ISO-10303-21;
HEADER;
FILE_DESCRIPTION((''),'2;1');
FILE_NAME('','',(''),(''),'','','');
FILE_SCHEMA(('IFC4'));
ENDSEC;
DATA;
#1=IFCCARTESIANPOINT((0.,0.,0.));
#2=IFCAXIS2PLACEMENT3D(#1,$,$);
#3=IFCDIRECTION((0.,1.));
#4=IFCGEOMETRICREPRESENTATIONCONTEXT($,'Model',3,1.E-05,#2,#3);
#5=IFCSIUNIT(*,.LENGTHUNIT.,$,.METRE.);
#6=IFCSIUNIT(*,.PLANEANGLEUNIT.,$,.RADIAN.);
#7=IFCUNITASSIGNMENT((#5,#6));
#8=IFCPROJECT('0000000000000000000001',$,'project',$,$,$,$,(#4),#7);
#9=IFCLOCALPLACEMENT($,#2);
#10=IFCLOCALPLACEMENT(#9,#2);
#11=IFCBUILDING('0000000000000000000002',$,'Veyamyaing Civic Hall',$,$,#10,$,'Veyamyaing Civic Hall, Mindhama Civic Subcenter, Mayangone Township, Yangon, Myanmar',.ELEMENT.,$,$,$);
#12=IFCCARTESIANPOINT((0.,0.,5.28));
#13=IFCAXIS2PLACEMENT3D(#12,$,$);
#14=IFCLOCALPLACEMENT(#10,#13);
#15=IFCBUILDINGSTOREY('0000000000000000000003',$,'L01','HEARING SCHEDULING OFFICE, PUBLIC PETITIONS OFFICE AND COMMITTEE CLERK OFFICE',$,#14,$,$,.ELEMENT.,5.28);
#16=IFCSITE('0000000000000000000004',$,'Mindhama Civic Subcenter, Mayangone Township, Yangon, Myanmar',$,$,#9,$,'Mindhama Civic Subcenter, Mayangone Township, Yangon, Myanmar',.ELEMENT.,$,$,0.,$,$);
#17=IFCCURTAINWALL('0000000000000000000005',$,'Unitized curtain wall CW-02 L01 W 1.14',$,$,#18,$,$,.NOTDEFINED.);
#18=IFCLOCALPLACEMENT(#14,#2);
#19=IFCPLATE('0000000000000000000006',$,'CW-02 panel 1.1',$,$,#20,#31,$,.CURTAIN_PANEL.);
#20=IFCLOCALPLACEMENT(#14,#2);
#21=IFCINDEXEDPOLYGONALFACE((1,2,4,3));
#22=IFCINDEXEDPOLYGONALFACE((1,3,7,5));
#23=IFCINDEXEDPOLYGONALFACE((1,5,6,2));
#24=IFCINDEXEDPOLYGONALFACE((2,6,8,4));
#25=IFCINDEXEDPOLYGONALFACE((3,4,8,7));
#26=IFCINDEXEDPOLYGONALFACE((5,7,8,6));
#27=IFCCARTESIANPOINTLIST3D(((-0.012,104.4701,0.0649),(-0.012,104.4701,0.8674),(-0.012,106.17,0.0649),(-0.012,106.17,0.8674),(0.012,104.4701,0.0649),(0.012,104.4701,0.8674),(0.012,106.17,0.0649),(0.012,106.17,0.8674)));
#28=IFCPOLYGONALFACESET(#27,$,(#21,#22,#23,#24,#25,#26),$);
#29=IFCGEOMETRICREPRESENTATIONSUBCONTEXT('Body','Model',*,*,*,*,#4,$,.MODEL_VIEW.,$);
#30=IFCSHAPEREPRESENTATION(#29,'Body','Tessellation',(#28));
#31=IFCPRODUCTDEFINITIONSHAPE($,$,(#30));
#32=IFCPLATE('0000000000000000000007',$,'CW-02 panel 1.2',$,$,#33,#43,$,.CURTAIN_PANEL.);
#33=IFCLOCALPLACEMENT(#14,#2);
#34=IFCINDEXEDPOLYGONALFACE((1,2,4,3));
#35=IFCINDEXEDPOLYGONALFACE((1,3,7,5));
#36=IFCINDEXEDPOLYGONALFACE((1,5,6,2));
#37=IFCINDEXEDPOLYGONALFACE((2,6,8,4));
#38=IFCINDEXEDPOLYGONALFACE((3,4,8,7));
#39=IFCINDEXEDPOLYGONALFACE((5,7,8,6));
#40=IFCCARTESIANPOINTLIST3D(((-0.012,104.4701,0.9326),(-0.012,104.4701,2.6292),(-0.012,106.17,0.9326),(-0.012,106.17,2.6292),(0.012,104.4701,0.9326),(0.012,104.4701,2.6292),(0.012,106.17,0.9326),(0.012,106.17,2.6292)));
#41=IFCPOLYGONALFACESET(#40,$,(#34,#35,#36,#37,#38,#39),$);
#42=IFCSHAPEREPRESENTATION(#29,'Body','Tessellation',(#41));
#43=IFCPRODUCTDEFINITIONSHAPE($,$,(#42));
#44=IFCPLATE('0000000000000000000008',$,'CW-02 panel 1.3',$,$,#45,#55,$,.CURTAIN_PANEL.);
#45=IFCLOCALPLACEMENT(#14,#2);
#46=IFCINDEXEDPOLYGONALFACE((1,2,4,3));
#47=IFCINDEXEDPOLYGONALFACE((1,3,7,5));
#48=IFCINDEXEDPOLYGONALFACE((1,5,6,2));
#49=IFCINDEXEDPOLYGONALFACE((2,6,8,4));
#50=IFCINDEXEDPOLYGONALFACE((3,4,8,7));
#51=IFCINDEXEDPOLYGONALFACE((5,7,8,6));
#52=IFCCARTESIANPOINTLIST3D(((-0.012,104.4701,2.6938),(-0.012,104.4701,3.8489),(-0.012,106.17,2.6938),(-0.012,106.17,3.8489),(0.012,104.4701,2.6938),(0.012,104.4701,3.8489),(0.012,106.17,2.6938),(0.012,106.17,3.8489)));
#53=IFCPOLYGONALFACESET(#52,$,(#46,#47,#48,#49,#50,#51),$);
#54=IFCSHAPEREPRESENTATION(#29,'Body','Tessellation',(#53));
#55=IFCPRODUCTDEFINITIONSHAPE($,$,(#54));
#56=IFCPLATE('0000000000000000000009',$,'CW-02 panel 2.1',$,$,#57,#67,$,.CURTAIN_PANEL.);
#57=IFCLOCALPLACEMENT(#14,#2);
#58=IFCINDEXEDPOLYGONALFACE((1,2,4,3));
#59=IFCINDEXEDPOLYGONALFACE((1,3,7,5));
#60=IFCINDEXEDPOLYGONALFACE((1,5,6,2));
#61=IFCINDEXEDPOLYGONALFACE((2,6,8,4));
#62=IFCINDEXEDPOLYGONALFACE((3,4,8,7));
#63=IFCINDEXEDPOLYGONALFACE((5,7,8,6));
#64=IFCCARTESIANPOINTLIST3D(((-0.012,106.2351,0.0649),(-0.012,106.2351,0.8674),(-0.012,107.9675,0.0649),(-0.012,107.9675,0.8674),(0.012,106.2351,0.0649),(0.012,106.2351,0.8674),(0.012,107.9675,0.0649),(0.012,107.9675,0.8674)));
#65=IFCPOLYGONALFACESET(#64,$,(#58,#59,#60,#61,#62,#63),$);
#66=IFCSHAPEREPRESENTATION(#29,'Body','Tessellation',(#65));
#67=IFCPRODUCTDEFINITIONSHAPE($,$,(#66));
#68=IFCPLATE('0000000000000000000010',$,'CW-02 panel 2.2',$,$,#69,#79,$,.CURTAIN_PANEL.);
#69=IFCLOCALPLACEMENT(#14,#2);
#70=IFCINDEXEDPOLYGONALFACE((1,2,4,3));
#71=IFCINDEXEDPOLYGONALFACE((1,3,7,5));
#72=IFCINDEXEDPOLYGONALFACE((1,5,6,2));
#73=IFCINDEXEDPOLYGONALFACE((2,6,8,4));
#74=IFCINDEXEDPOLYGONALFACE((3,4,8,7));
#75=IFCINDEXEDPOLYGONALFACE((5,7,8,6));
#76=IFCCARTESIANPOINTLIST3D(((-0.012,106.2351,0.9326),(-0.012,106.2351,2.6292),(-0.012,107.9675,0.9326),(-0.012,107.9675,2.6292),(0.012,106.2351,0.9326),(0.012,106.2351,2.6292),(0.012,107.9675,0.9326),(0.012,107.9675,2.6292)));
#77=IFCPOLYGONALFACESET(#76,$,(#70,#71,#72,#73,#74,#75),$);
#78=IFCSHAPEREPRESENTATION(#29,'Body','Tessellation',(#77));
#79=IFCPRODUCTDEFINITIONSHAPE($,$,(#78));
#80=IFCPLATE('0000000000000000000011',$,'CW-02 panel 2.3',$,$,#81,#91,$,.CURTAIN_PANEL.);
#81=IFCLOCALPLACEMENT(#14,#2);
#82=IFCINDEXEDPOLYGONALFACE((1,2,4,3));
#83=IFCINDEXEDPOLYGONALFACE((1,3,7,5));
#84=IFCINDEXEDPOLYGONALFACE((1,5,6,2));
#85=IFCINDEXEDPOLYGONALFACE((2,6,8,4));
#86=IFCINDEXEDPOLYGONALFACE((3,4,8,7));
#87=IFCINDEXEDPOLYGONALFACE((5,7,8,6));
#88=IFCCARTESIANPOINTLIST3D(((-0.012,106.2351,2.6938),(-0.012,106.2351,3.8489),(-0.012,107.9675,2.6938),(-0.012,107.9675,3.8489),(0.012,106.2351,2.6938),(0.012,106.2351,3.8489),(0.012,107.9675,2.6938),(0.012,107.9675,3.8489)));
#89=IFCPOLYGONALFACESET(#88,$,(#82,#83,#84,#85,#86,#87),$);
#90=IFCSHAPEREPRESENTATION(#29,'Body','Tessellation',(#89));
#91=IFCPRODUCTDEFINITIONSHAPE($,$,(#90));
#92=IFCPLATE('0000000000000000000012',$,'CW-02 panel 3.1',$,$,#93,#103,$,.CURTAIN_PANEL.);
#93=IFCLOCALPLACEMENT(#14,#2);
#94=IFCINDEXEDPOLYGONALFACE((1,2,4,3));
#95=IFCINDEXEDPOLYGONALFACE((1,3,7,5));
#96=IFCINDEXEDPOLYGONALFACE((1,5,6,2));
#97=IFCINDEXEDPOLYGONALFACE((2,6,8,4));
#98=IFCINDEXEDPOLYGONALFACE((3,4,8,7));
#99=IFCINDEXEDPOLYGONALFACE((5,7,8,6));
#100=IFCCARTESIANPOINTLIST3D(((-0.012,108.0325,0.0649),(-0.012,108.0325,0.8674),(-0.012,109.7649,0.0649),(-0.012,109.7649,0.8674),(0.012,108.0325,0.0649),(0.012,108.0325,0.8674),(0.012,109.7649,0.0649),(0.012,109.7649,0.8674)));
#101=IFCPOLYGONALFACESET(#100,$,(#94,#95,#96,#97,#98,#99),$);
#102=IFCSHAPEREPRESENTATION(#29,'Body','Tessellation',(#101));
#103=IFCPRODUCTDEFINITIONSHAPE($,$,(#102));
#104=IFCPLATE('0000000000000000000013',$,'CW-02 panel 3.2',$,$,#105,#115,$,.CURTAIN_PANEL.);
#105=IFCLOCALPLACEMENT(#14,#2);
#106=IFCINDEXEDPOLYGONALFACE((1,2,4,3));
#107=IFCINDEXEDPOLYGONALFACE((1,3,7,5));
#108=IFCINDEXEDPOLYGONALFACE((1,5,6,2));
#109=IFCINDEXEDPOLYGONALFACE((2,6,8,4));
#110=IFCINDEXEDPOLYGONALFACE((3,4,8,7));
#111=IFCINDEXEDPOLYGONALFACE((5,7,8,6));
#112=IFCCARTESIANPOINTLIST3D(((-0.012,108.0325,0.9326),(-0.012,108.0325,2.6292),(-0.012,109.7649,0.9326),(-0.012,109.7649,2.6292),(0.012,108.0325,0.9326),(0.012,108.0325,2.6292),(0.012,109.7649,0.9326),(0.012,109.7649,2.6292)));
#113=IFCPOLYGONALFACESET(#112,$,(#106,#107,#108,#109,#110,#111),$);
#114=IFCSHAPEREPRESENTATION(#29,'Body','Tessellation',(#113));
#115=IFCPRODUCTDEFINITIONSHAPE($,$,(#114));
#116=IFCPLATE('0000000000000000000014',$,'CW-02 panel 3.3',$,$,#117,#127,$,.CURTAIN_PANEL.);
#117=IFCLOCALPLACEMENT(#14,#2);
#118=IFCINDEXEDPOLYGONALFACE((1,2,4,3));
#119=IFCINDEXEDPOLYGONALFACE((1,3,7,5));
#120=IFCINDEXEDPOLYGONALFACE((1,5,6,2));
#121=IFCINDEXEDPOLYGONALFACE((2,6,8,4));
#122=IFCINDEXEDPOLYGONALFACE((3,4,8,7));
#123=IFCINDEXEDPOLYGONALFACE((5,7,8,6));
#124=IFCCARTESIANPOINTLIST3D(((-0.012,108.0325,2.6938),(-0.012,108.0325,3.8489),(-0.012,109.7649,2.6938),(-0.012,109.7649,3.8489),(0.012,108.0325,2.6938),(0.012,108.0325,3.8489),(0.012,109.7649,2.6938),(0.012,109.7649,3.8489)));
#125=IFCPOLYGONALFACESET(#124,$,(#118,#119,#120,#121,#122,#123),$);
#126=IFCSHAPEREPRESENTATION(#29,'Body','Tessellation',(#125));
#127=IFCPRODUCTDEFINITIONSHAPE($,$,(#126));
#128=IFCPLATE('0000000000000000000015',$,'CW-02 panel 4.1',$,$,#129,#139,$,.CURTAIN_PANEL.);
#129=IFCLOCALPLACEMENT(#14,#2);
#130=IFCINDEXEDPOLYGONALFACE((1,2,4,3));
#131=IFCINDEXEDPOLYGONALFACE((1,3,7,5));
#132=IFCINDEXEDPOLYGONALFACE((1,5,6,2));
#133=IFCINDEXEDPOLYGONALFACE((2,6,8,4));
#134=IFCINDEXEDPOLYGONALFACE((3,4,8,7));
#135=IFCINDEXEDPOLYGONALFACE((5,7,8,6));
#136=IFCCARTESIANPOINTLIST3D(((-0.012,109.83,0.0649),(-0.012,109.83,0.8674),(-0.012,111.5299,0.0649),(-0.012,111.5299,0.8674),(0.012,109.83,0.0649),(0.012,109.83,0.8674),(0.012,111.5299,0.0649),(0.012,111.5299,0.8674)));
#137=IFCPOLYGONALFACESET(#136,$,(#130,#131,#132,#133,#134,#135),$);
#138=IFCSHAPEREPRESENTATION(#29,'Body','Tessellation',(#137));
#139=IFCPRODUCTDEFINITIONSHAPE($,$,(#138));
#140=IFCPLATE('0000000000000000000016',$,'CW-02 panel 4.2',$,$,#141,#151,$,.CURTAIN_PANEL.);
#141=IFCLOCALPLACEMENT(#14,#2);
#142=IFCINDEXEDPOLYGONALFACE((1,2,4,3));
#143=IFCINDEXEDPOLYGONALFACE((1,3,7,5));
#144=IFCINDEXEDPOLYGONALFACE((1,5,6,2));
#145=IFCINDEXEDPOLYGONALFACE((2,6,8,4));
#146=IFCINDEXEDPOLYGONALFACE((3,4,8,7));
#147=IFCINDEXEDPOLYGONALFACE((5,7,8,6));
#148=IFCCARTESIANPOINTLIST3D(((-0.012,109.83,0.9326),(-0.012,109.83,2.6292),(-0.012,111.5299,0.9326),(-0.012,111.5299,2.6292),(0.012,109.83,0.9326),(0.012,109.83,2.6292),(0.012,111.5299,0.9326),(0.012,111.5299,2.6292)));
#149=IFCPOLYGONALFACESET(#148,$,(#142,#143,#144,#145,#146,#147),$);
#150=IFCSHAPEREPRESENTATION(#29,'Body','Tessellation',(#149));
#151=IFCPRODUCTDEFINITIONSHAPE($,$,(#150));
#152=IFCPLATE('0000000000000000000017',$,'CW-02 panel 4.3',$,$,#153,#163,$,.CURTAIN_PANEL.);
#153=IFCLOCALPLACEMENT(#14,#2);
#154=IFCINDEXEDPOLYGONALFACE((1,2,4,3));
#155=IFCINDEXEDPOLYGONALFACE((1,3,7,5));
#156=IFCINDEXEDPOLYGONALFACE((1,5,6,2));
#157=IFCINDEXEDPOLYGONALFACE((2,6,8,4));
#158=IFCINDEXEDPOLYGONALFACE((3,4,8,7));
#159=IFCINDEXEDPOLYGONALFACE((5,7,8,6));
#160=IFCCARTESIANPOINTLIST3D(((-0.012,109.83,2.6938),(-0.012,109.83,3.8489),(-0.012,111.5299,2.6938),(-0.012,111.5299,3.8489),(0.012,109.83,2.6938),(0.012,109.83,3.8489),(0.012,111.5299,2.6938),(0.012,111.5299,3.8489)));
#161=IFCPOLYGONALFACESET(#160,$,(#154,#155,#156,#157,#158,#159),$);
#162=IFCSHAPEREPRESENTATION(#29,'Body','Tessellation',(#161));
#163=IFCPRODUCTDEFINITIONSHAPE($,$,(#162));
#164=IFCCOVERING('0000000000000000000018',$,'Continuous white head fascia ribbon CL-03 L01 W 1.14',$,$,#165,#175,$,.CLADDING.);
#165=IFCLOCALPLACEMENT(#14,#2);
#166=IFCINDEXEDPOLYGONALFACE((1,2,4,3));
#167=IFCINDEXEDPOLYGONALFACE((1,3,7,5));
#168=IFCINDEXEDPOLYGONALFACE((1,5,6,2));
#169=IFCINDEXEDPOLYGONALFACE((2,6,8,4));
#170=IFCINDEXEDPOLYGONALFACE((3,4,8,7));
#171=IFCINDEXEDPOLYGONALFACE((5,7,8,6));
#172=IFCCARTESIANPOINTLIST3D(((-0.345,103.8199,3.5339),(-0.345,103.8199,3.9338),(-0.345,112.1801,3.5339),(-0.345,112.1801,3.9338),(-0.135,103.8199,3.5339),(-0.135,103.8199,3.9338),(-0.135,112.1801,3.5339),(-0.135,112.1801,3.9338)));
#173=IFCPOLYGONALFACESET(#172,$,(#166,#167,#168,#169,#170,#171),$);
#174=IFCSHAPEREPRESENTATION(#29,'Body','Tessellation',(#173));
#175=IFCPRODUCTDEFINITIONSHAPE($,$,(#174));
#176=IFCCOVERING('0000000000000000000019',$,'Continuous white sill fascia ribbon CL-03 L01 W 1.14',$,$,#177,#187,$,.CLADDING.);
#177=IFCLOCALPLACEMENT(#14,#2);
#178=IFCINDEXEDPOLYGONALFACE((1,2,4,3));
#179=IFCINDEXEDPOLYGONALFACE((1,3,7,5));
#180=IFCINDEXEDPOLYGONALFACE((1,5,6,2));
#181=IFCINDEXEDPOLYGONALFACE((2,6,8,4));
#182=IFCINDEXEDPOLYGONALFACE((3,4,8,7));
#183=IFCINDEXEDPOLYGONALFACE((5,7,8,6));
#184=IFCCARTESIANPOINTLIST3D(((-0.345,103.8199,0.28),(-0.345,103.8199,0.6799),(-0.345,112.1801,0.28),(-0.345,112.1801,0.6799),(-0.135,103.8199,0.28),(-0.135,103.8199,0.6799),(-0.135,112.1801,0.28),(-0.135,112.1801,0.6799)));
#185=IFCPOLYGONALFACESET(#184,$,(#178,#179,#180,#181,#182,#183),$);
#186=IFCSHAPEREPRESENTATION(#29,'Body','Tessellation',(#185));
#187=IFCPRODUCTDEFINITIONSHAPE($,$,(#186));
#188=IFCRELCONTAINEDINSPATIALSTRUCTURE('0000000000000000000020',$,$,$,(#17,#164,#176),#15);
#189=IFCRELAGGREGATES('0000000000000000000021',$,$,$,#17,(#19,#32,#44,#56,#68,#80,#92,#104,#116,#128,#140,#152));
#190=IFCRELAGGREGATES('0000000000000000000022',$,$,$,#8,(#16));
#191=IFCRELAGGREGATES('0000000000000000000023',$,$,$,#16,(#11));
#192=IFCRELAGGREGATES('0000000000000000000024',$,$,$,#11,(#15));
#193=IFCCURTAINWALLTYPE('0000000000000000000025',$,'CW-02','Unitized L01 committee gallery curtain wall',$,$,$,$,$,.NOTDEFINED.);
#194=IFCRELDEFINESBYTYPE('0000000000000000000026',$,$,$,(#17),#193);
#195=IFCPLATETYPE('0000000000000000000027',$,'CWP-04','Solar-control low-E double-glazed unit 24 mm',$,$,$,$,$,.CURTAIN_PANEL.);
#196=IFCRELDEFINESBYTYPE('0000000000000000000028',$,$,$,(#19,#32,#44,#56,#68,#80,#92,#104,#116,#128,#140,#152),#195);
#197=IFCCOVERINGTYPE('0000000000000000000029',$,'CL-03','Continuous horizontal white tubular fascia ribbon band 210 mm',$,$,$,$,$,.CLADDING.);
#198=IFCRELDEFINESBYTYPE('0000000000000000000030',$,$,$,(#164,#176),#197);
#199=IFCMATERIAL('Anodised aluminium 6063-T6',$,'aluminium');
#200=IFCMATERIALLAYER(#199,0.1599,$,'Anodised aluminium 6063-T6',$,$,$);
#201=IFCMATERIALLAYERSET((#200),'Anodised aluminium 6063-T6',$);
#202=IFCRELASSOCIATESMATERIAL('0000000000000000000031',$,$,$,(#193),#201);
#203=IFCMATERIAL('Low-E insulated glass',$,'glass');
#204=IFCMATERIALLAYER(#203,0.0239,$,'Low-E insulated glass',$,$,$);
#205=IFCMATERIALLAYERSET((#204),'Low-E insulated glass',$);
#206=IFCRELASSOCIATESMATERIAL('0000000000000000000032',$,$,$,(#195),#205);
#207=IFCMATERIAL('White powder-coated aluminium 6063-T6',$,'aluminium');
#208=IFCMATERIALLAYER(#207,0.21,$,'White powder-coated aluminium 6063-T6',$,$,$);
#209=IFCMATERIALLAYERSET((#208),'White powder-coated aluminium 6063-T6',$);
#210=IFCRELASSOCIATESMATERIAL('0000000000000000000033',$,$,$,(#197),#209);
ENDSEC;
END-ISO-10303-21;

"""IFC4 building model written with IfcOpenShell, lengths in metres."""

from ifc_helpers import new_model, si_unit, direction, frame, origin, origin_2d, place, context, subcontext, project, spatial, rectangle, extrude, material, layer, layer_set, type_object, element, aggregate, save


model = new_model("IFC4")

# Units and contexts
model_context = context("Model", 3, precision=1e-05, world=origin(), true_north=direction((0.0, 1.0)))
body_context = subcontext(model_context, "Body", "Model", "MODEL_VIEW")
ifc_project = project(units=[si_unit("LENGTHUNIT", "METRE"), si_unit("PLANEANGLEUNIT", "RADIAN")], contexts=[model_context])

# Site, building, storey
site_placement = place(None, origin())
site = spatial("IfcSite", under=ifc_project, at=site_placement, Name="Mindhama Civic Subcenter, Mayangone Township, Yangon, Myanmar", LongName="Mindhama Civic Subcenter, Mayangone Township, Yangon, Myanmar", CompositionType="ELEMENT", RefElevation=0.0)
building_placement = place(site_placement, origin())
building = spatial("IfcBuilding", under=site, at=building_placement, Name="Veyamyaing Civic Hall", LongName="Veyamyaing Civic Hall, Mindhama Civic Subcenter, Mayangone Township, Yangon, Myanmar", CompositionType="ELEMENT")
storey_placement = place(building_placement, frame((0.0, 0.0, 5.28)))
storey = spatial("IfcBuildingStorey", under=building, at=storey_placement, Name="L01", Description="HEARING SCHEDULING OFFICE, PUBLIC PETITIONS OFFICE AND COMMITTEE CLERK OFFICE", CompositionType="ELEMENT", Elevation=5.28)

# Curtain wall
ifc_material_1 = material(Name="Anodised aluminium 6063-T6", Category="aluminium")
ifc_layer_1 = layer(ifc_material_1, 0.1599, Name="Anodised aluminium 6063-T6")
ifc_layer_set_1 = layer_set([ifc_layer_1], Name="Anodised aluminium 6063-T6")
curtain_wall_type = type_object("IfcCurtainWallType", Name="CW-02", Description="Unitized L01 committee gallery curtain wall", PredefinedType="NOTDEFINED", material=ifc_layer_set_1)
curtain_wall_placement = place(storey_placement, origin())
curtain_wall = element("IfcCurtainWall", 1, at=curtain_wall_placement, inside=storey, type_object=curtain_wall_type, Name="Unitized curtain wall CW-02 L01 W 1.14", PredefinedType="NOTDEFINED")

# Plates
ifc_material_2 = material(Name="Low-E insulated glass", Category="glass")
ifc_layer_2 = layer(ifc_material_2, 0.0239, Name="Low-E insulated glass")
ifc_layer_set_2 = layer_set([ifc_layer_2], Name="Low-E insulated glass")
plate_type = type_object("IfcPlateType", Name="CWP-04", Description="Solar-control low-E double-glazed unit 24 mm", PredefinedType="CURTAIN_PANEL", material=ifc_layer_set_2)
plate_1_placement = place(storey_placement, frame((0.0, 105.3201, 0.0649), z_axis=(0.0, 0.0, 1.0), x_axis=(0.0, 1.0, 0.0)))
plate_1 = element("IfcPlate", 2, at=plate_1_placement, type_object=plate_type, Name="CW-02 panel 1.1", PredefinedType="CURTAIN_PANEL", context=body_context, shape_type="SweptSolid", body=[
    extrude(rectangle(XDim=1.7, YDim=0.0239, at=origin_2d()), origin(), (0.0, 0.0, 1.0), 0.8025),
])
plate_2_placement = place(storey_placement, frame((0.0, 105.3201, 0.9326), z_axis=(0.0, 0.0, 1.0), x_axis=(0.0, 1.0, 0.0)))
plate_2 = element("IfcPlate", 3, at=plate_2_placement, type_object=plate_type, Name="CW-02 panel 1.2", PredefinedType="CURTAIN_PANEL", context=body_context, shape_type="SweptSolid", body=[
    extrude(rectangle(XDim=1.7, YDim=0.0239, at=origin_2d()), origin(), (0.0, 0.0, 1.0), 1.6965),
])
plate_3_placement = place(storey_placement, frame((0.0, 105.3201, 2.6938), z_axis=(0.0, 0.0, 1.0), x_axis=(0.0, 1.0, 0.0)))
plate_3 = element("IfcPlate", 4, at=plate_3_placement, type_object=plate_type, Name="CW-02 panel 1.3", PredefinedType="CURTAIN_PANEL", context=body_context, shape_type="SweptSolid", body=[
    extrude(rectangle(XDim=1.7, YDim=0.0239, at=origin_2d()), origin(), (0.0, 0.0, 1.0), 1.155),
])
plate_4_placement = place(storey_placement, frame((0.0, 107.1013, 0.0649), z_axis=(0.0, 0.0, 1.0), x_axis=(0.0, 1.0, 0.0)))
plate_4 = element("IfcPlate", 5, at=plate_4_placement, type_object=plate_type, Name="CW-02 panel 2.1", PredefinedType="CURTAIN_PANEL", context=body_context, shape_type="SweptSolid", body=[
    extrude(rectangle(XDim=1.7324, YDim=0.0239, at=origin_2d()), origin(), (0.0, 0.0, 1.0), 0.8025),
])
plate_5_placement = place(storey_placement, frame((0.0, 107.1013, 0.9326), z_axis=(0.0, 0.0, 1.0), x_axis=(0.0, 1.0, 0.0)))
plate_5 = element("IfcPlate", 6, at=plate_5_placement, type_object=plate_type, Name="CW-02 panel 2.2", PredefinedType="CURTAIN_PANEL", context=body_context, shape_type="SweptSolid", body=[
    extrude(rectangle(XDim=1.7324, YDim=0.0239, at=origin_2d()), origin(), (0.0, 0.0, 1.0), 1.6965),
])
plate_6_placement = place(storey_placement, frame((0.0, 107.1013, 2.6938), z_axis=(0.0, 0.0, 1.0), x_axis=(0.0, 1.0, 0.0)))
plate_6 = element("IfcPlate", 7, at=plate_6_placement, type_object=plate_type, Name="CW-02 panel 2.3", PredefinedType="CURTAIN_PANEL", context=body_context, shape_type="SweptSolid", body=[
    extrude(rectangle(XDim=1.7324, YDim=0.0239, at=origin_2d()), origin(), (0.0, 0.0, 1.0), 1.155),
])
plate_7_placement = place(storey_placement, frame((0.0, 108.8987, 0.0649), z_axis=(0.0, 0.0, 1.0), x_axis=(0.0, 1.0, 0.0)))
plate_7 = element("IfcPlate", 8, at=plate_7_placement, type_object=plate_type, Name="CW-02 panel 3.1", PredefinedType="CURTAIN_PANEL", context=body_context, shape_type="SweptSolid", body=[
    extrude(rectangle(XDim=1.7324, YDim=0.0239, at=origin_2d()), origin(), (0.0, 0.0, 1.0), 0.8025),
])
plate_8_placement = place(storey_placement, frame((0.0, 108.8987, 0.9326), z_axis=(0.0, 0.0, 1.0), x_axis=(0.0, 1.0, 0.0)))
plate_8 = element("IfcPlate", 9, at=plate_8_placement, type_object=plate_type, Name="CW-02 panel 3.2", PredefinedType="CURTAIN_PANEL", context=body_context, shape_type="SweptSolid", body=[
    extrude(rectangle(XDim=1.7324, YDim=0.0239, at=origin_2d()), origin(), (0.0, 0.0, 1.0), 1.6965),
])
plate_9_placement = place(storey_placement, frame((0.0, 108.8987, 2.6938), z_axis=(0.0, 0.0, 1.0), x_axis=(0.0, 1.0, 0.0)))
plate_9 = element("IfcPlate", 10, at=plate_9_placement, type_object=plate_type, Name="CW-02 panel 3.3", PredefinedType="CURTAIN_PANEL", context=body_context, shape_type="SweptSolid", body=[
    extrude(rectangle(XDim=1.7324, YDim=0.0239, at=origin_2d()), origin(), (0.0, 0.0, 1.0), 1.155),
])
plate_10_placement = place(storey_placement, frame((0.0, 110.6799, 0.0649), z_axis=(0.0, 0.0, 1.0), x_axis=(0.0, 1.0, 0.0)))
plate_10 = element("IfcPlate", 11, at=plate_10_placement, type_object=plate_type, Name="CW-02 panel 4.1", PredefinedType="CURTAIN_PANEL", context=body_context, shape_type="SweptSolid", body=[
    extrude(rectangle(XDim=1.7, YDim=0.0239, at=origin_2d()), origin(), (0.0, 0.0, 1.0), 0.8025),
])
plate_11_placement = place(storey_placement, frame((0.0, 110.6799, 0.9326), z_axis=(0.0, 0.0, 1.0), x_axis=(0.0, 1.0, 0.0)))
plate_11 = element("IfcPlate", 12, at=plate_11_placement, type_object=plate_type, Name="CW-02 panel 4.2", PredefinedType="CURTAIN_PANEL", context=body_context, shape_type="SweptSolid", body=[
    extrude(rectangle(XDim=1.7, YDim=0.0239, at=origin_2d()), origin(), (0.0, 0.0, 1.0), 1.6965),
])
plate_12_placement = place(storey_placement, frame((0.0, 110.6799, 2.6938), z_axis=(0.0, 0.0, 1.0), x_axis=(0.0, 1.0, 0.0)))
plate_12 = element("IfcPlate", 13, at=plate_12_placement, type_object=plate_type, Name="CW-02 panel 4.3", PredefinedType="CURTAIN_PANEL", context=body_context, shape_type="SweptSolid", body=[
    extrude(rectangle(XDim=1.7, YDim=0.0239, at=origin_2d()), origin(), (0.0, 0.0, 1.0), 1.155),
])
aggregate(curtain_wall, [plate_1, plate_2, plate_3, plate_4, plate_5, plate_6, plate_7, plate_8, plate_9, plate_10, plate_11, plate_12])

# Coverings
ifc_material_3 = material(Name="White powder-coated aluminium 6063-T6", Category="aluminium")
ifc_layer_3 = layer(ifc_material_3, 0.21, Name="White powder-coated aluminium 6063-T6")
ifc_layer_set_3 = layer_set([ifc_layer_3], Name="White powder-coated aluminium 6063-T6")
covering_type = type_object("IfcCoveringType", Name="CL-03", Description="Continuous horizontal white tubular fascia ribbon band 210 mm", PredefinedType="CLADDING", material=ifc_layer_set_3)
for number, where, z_axis, x_axis, name in (
    (14, (-0.24, 108.0, 3.5339), (0.0, 0.0, 1.0), (0.0, 1.0, 0.0), "Continuous white head fascia ribbon CL-03 L01 W 1.14"),
    (15, (-0.24, 108.0, 0.28), (0.0, 0.0, 1.0), (0.0, 1.0, 0.0), "Continuous white sill fascia ribbon CL-03 L01 W 1.14"),
):
    element("IfcCovering", number, at=place(storey_placement, frame(where, z_axis=z_axis, x_axis=x_axis)), inside=storey, type_object=covering_type, Name=name, PredefinedType="CLADDING", context=body_context, shape_type="SweptSolid", body=[
        extrude(rectangle(XDim=8.3601, YDim=0.21, at=origin_2d()), origin(), (0.0, 0.0, 1.0), 0.3999),
    ])

save(model, "model.ifc")
